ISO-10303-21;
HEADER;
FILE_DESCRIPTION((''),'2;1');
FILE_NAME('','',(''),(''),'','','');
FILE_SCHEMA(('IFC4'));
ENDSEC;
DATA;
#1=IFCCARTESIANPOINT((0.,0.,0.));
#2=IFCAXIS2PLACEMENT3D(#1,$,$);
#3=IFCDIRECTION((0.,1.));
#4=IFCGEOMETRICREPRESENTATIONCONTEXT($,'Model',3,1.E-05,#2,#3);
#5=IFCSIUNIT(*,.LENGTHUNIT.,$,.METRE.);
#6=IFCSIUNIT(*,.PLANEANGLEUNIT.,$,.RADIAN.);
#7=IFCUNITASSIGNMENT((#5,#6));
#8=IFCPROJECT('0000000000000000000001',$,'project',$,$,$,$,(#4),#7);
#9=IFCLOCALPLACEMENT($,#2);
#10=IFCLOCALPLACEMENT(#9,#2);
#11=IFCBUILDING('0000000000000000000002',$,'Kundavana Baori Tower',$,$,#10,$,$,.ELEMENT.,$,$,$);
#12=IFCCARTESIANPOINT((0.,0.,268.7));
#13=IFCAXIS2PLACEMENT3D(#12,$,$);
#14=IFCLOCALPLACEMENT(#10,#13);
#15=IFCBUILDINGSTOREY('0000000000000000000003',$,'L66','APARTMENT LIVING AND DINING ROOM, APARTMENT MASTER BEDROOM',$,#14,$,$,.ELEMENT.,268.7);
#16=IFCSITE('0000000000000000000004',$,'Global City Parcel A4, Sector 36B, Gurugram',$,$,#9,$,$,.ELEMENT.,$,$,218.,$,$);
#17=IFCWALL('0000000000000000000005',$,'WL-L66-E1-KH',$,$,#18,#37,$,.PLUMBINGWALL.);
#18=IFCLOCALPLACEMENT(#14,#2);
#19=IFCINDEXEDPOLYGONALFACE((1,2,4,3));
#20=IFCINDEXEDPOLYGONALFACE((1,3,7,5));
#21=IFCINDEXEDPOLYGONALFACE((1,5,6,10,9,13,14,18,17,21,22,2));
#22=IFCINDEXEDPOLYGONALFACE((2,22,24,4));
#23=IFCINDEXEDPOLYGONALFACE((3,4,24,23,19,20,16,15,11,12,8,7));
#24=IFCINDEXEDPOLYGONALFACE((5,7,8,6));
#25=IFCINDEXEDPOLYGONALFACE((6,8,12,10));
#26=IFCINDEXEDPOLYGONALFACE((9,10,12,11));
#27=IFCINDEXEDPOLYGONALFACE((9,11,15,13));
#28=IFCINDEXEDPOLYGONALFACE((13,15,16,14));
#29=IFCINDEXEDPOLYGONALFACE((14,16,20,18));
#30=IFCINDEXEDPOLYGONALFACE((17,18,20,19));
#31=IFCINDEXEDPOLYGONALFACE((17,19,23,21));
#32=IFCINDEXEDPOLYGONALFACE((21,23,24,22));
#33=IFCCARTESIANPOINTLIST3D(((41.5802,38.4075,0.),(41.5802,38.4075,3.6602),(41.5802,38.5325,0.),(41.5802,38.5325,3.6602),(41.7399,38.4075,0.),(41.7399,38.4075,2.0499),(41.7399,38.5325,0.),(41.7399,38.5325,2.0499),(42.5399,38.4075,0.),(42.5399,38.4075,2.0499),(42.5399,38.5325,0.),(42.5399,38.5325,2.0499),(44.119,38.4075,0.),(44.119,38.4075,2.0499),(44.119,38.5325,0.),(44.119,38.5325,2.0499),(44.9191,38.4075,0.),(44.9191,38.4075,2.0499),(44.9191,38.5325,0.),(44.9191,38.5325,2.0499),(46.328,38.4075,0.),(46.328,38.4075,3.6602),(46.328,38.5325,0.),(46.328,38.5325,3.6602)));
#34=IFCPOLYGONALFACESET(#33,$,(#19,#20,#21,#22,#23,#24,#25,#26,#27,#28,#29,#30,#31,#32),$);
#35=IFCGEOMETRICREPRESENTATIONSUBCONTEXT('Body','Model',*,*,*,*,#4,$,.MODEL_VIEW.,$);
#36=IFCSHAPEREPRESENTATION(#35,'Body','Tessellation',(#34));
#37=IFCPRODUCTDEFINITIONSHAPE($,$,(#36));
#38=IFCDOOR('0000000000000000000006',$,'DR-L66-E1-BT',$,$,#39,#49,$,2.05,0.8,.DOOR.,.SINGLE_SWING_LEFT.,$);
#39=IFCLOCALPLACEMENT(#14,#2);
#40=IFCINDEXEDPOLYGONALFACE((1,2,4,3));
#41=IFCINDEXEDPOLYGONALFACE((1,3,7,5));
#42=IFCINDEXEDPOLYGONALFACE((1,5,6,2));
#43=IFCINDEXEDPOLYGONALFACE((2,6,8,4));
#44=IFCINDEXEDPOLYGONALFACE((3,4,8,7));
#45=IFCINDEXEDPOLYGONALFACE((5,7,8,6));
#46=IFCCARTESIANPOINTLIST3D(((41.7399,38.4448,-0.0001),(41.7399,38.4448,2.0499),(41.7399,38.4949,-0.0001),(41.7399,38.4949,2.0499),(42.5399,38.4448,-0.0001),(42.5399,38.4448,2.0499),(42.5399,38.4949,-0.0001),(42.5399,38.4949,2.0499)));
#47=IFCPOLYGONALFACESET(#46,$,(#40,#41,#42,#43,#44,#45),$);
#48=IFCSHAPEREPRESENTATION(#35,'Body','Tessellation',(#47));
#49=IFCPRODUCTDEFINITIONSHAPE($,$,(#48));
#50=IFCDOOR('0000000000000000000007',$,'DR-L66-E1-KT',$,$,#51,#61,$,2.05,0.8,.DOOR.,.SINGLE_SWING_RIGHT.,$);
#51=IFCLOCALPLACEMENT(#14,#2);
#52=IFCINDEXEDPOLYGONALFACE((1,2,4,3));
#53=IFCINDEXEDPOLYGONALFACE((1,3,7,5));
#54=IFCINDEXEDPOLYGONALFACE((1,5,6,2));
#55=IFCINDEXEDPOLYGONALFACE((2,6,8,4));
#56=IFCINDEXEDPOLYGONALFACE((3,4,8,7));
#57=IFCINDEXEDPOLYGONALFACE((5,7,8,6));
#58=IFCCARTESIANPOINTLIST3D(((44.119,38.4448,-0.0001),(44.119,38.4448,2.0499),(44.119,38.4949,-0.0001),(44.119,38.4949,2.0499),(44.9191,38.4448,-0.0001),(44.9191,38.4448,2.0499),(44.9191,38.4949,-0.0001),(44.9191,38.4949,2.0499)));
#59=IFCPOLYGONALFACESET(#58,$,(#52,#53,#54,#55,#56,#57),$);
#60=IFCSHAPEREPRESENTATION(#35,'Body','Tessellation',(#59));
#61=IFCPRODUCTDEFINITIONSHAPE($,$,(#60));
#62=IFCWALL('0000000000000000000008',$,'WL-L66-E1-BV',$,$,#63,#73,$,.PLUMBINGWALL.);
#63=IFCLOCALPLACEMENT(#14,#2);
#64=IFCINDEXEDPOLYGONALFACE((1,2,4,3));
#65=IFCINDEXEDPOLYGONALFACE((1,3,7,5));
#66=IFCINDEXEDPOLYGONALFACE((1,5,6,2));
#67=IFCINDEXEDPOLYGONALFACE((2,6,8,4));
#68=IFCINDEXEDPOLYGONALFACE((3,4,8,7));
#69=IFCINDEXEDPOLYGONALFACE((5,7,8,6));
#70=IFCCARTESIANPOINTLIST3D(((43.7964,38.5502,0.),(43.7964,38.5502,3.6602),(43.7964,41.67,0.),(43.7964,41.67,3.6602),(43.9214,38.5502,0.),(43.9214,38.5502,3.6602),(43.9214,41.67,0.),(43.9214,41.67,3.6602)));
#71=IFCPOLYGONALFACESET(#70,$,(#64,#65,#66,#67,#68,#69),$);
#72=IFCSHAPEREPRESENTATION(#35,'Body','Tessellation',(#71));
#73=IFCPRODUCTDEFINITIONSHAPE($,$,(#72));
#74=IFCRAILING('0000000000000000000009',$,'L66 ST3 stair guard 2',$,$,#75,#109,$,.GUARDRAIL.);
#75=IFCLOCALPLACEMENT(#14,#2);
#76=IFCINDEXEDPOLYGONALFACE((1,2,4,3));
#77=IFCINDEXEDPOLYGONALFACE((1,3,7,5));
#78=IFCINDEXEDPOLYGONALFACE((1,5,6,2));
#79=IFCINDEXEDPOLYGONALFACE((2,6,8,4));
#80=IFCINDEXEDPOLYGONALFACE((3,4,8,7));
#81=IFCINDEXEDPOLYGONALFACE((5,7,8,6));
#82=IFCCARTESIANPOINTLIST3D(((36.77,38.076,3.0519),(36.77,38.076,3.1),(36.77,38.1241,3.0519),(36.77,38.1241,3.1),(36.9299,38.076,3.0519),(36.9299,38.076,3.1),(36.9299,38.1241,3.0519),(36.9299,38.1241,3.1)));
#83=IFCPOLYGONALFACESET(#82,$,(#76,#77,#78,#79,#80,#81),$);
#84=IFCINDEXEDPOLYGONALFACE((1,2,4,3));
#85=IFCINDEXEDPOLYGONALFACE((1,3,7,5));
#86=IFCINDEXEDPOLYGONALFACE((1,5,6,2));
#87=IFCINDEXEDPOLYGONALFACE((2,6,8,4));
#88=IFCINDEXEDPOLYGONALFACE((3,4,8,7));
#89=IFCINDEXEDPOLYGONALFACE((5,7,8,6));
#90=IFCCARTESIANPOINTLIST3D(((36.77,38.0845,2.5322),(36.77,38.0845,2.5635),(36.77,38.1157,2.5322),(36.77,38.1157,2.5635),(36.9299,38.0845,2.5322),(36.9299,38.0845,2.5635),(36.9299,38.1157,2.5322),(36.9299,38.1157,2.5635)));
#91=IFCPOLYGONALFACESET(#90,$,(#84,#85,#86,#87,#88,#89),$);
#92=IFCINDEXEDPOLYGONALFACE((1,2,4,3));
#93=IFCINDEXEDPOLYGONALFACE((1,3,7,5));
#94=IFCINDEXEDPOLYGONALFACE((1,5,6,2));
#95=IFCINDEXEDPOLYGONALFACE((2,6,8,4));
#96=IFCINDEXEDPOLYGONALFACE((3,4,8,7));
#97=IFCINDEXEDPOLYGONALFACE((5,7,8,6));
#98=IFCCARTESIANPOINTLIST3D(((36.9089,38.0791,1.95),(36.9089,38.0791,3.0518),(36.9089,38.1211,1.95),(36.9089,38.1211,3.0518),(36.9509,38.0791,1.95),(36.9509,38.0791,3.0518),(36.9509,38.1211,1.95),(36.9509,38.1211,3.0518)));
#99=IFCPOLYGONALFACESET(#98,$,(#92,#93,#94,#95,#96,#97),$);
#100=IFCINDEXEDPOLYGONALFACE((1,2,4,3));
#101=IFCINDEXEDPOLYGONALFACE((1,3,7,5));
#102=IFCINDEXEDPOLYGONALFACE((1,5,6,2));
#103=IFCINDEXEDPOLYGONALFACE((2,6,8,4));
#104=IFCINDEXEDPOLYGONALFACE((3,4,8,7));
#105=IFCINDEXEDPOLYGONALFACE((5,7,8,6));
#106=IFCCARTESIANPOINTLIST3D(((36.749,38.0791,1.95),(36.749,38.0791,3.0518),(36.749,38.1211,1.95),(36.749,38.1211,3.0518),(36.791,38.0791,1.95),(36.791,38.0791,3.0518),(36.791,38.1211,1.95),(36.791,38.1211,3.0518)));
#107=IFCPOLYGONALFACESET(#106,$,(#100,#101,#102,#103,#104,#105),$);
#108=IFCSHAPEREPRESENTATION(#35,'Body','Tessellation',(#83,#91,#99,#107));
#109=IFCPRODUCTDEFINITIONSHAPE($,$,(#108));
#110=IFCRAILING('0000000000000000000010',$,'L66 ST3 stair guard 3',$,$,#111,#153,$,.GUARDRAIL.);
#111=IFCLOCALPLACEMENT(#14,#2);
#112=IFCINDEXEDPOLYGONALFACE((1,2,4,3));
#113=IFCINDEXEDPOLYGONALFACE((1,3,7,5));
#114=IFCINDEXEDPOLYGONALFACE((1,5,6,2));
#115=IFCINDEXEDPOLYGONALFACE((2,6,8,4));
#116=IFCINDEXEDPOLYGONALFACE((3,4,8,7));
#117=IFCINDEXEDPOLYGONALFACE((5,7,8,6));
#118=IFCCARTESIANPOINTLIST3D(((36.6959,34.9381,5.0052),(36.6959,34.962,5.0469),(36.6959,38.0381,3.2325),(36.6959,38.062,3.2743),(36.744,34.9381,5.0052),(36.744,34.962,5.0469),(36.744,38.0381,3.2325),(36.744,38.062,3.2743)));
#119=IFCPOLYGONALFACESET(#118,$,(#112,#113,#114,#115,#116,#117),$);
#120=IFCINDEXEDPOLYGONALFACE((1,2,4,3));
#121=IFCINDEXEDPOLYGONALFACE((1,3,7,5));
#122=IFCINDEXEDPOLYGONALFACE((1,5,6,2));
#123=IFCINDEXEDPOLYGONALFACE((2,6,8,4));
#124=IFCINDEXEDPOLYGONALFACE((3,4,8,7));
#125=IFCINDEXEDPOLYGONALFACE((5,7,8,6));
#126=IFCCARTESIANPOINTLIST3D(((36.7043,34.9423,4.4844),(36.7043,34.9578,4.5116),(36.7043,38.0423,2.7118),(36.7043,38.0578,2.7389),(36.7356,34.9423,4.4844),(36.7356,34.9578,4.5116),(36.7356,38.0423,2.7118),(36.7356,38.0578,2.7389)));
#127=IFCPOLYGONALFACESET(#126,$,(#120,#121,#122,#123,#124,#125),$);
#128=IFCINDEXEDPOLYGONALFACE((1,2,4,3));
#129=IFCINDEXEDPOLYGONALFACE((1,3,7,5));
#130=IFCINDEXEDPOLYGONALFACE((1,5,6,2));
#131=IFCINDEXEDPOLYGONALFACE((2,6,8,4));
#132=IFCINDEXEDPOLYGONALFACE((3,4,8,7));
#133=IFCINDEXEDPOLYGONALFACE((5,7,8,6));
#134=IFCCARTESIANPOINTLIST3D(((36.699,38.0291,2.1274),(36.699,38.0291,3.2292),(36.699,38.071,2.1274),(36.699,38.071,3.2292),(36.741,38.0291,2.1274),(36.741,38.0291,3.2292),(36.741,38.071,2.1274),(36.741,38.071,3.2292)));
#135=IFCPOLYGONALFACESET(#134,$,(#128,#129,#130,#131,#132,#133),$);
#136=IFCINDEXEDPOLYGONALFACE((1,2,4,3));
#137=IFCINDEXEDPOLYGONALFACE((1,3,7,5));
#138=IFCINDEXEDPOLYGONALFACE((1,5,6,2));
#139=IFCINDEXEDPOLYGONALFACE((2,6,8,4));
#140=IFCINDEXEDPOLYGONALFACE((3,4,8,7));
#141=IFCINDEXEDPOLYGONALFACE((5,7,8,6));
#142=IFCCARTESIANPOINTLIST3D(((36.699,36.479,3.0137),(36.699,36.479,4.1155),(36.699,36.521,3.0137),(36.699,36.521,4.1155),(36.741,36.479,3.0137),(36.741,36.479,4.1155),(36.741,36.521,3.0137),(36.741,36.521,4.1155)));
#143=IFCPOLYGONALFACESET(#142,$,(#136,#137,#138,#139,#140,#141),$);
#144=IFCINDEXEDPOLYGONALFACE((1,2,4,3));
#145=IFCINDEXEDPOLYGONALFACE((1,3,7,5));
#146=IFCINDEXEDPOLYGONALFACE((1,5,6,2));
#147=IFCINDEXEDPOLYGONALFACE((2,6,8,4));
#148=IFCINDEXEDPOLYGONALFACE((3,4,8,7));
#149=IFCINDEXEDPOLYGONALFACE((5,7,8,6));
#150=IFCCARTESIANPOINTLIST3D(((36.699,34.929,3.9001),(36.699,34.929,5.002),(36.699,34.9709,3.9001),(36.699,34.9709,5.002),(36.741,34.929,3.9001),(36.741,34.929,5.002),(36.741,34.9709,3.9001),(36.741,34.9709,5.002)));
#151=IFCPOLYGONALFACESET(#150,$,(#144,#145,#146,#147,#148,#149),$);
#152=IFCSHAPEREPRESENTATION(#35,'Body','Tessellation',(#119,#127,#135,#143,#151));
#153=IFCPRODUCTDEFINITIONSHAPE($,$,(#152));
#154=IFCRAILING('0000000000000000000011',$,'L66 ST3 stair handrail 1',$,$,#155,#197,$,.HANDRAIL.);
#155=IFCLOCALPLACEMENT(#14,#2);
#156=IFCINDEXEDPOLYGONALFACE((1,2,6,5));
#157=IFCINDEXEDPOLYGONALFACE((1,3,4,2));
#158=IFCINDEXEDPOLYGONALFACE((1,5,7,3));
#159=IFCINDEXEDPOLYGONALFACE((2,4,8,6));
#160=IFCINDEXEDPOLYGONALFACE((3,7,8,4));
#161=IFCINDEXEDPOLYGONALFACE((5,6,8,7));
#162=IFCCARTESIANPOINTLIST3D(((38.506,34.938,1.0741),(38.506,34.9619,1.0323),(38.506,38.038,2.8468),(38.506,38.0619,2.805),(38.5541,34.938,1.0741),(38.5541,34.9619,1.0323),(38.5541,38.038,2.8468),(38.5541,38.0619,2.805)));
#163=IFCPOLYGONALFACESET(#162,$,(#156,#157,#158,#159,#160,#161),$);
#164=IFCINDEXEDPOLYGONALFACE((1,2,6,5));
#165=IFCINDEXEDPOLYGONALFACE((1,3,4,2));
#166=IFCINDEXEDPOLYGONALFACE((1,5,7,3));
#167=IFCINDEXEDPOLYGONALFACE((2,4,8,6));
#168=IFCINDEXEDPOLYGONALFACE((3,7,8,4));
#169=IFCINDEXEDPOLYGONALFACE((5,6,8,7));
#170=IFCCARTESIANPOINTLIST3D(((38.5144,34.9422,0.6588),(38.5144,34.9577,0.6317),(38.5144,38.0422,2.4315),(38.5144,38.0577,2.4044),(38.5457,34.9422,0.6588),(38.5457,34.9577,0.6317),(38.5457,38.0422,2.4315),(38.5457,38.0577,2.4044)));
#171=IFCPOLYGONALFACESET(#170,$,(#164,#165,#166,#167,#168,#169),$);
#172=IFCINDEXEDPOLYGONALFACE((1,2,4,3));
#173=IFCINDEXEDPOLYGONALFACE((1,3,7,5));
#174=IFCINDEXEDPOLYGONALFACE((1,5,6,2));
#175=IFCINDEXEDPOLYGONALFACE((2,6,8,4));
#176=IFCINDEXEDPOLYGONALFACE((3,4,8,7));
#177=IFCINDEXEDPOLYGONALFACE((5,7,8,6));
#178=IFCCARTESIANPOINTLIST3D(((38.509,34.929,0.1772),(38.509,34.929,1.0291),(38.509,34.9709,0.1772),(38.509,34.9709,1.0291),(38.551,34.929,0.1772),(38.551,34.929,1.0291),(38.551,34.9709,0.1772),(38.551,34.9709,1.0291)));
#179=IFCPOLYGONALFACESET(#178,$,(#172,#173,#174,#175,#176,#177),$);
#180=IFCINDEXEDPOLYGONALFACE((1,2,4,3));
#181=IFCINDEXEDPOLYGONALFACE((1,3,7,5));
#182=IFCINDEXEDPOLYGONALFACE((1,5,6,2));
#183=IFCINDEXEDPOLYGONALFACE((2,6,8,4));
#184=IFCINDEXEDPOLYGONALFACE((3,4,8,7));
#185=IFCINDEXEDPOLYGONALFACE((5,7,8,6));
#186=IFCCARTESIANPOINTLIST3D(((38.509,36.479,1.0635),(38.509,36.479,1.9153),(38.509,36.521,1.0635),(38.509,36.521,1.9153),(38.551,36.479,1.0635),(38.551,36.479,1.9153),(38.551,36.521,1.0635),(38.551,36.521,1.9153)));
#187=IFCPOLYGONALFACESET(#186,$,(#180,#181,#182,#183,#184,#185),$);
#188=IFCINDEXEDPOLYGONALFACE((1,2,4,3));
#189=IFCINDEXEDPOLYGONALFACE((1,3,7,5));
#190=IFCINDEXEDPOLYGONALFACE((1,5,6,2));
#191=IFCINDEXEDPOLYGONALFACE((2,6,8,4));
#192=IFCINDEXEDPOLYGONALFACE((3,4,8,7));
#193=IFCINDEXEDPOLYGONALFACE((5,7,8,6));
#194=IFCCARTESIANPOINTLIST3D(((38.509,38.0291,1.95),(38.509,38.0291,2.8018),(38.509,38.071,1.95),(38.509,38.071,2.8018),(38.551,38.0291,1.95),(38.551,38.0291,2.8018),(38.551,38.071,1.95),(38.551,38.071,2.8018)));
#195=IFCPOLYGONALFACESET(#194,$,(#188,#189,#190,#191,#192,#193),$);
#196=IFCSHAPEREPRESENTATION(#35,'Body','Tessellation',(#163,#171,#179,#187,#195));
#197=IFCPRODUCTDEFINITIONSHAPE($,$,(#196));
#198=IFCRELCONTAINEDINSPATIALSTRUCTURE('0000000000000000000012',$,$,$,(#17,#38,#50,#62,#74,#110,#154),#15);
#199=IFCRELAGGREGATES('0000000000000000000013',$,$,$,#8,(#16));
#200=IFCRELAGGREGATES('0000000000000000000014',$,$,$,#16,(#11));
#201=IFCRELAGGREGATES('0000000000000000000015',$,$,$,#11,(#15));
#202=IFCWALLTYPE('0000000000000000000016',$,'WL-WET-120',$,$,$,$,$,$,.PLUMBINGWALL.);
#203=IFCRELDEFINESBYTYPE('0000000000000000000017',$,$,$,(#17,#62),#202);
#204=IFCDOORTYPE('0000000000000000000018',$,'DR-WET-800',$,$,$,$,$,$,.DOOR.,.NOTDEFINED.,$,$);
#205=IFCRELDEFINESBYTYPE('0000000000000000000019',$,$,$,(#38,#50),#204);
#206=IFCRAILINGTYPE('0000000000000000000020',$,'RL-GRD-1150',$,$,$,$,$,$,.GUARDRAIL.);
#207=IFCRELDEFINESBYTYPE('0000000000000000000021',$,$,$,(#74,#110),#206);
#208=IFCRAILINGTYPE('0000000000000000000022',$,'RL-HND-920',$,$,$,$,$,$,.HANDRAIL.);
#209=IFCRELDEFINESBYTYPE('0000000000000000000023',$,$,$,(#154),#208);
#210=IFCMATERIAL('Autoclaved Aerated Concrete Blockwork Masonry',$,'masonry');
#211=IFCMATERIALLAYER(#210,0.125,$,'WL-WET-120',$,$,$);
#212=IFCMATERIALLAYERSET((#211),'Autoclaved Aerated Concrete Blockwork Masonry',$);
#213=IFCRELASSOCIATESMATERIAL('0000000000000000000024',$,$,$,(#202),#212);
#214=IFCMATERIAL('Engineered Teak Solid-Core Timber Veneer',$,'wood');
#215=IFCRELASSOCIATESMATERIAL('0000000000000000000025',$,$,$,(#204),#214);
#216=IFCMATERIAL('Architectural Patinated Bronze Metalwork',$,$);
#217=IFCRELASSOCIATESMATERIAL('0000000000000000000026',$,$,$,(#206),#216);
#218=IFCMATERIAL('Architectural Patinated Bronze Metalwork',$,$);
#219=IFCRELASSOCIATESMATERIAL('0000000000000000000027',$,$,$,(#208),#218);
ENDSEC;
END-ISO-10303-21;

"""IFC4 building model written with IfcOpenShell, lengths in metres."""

from ifc_helpers import new_model, si_unit, direction, frame, frame_2d, origin, origin_2d, place, context, subcontext, project, spatial, rectangle, extrude, material, layer, layer_set, type_object, element, fill, save


model = new_model("IFC4")

# Units and contexts
model_context = context("Model", 3, precision=1e-05, world=origin(), true_north=direction((0.0, 1.0)))
body_context = subcontext(model_context, "Body", "Model", "MODEL_VIEW")
ifc_project = project(units=[si_unit("LENGTHUNIT", "METRE"), si_unit("PLANEANGLEUNIT", "RADIAN")], contexts=[model_context])

# Site, building, storey
site_placement = place(None, origin())
site = spatial("IfcSite", under=ifc_project, at=site_placement, Name="Global City Parcel A4, Sector 36B, Gurugram", CompositionType="ELEMENT", RefElevation=218.0)
building_placement = place(site_placement, origin())
building = spatial("IfcBuilding", under=site, at=building_placement, Name="Kundavana Baori Tower", CompositionType="ELEMENT")
storey_placement = place(building_placement, frame((0.0, 0.0, 268.7)))
storey = spatial("IfcBuildingStorey", under=building, at=storey_placement, Name="L66", Description="APARTMENT LIVING AND DINING ROOM, APARTMENT MASTER BEDROOM", CompositionType="ELEMENT", Elevation=268.7)

# Wall, openings, doors
ifc_material_1 = material(Name="Autoclaved Aerated Concrete Blockwork Masonry", Category="masonry")
ifc_layer_1 = layer(ifc_material_1, 0.125, Name="WL-WET-120")
ifc_layer_set_1 = layer_set([ifc_layer_1], Name="Autoclaved Aerated Concrete Blockwork Masonry")
wall_type_1 = type_object("IfcWallType", Name="WL-WET-120", PredefinedType="PLUMBINGWALL", material=ifc_layer_set_1)
wall_1_placement = place(storey_placement, frame((41.5801, 38.47, 0.0), z_axis=(0.0, 0.0, 1.0), x_axis=(1.0, 0.0, 0.0)))
wall_1 = element("IfcWall", 1, at=wall_1_placement, inside=storey, type_object=wall_type_1, Name="WL-L66-E1-KH", PredefinedType="PLUMBINGWALL", context=body_context, shape_type="SweptSolid", body=[
    extrude(rectangle(XDim=4.7478, YDim=0.125, at=frame_2d((2.374, 0.0))), origin(), (0.0, 0.0, 1.0), 3.6602),
])
opening_1_placement = place(wall_1_placement, frame((0.1599, 0.0, 0.0)))
opening_1 = element("IfcOpeningElement", 2, at=opening_1_placement, cuts=wall_1, PredefinedType="OPENING", context=body_context, shape_type="SweptSolid", body=[
    extrude(rectangle(XDim=0.8, YDim=2.05, at=frame_2d((0.3999, 1.0249))), frame((0.0, 0.0725, 0.0), z_axis=(0.0, -1.0, 0.0), x_axis=(1.0, 0.0, 0.0)), (0.0, 0.0, 1.0), 0.145),
])
opening_2_placement = place(wall_1_placement, frame((2.5391, 0.0, 0.0)))
opening_2 = element("IfcOpeningElement", 3, at=opening_2_placement, cuts=wall_1, PredefinedType="OPENING", context=body_context, shape_type="SweptSolid", body=[
    extrude(rectangle(XDim=0.8, YDim=2.05, at=frame_2d((0.3999, 1.0249))), frame((0.0, 0.0725, 0.0), z_axis=(0.0, -1.0, 0.0), x_axis=(1.0, 0.0, 0.0)), (0.0, 0.0, 1.0), 0.145),
])
ifc_material_2 = material(Name="Engineered Teak Solid-Core Timber Veneer", Category="wood")
door_type_1 = type_object("IfcDoorType", Name="DR-WET-800", OperationType="NOTDEFINED", PredefinedType="DOOR", material=ifc_material_2)
door_1_placement = place(opening_1_placement, origin())
door_1 = element("IfcDoor", 4, at=door_1_placement, inside=storey, type_object=door_type_1, Name="DR-L66-E1-BT", OperationType="SINGLE_SWING_LEFT", OverallHeight=2.05, OverallWidth=0.8, PredefinedType="DOOR", context=body_context, shape_type="SweptSolid", body=[
    extrude(rectangle(XDim=0.8, YDim=2.05, at=frame_2d((0.3999, 1.0249))), frame((0.0, 0.0249, 0.0), z_axis=(0.0, -1.0, 0.0), x_axis=(1.0, 0.0, 0.0)), (0.0, 0.0, 1.0), 0.05),
])
fill(opening_1, door_1)
door_2_placement = place(opening_2_placement, origin())
door_2 = element("IfcDoor", 5, at=door_2_placement, inside=storey, type_object=door_type_1, Name="DR-L66-E1-KT", OperationType="SINGLE_SWING_RIGHT", OverallHeight=2.05, OverallWidth=0.8, PredefinedType="DOOR", context=body_context, shape_type="SweptSolid", body=[
    extrude(rectangle(XDim=0.8, YDim=2.05, at=frame_2d((0.3999, 1.0249))), frame((0.0, 0.0249, 0.0), z_axis=(0.0, -1.0, 0.0), x_axis=(1.0, 0.0, 0.0)), (0.0, 0.0, 1.0), 0.05),
])
fill(opening_2, door_2)

# Wall
wall_2_placement = place(storey_placement, frame((43.8589, 38.55, 0.0), z_axis=(0.0, 0.0, 1.0), x_axis=(0.0, 1.0, 0.0)))
element("IfcWall", 6, at=wall_2_placement, inside=storey, type_object=wall_type_1, Name="WL-L66-E1-BV", PredefinedType="PLUMBINGWALL", context=body_context, shape_type="SweptSolid", body=[
    extrude(rectangle(XDim=3.1199, YDim=0.125, at=frame_2d((1.5601, 0.0))), origin(), (0.0, 0.0, 1.0), 3.6602),
])

# Railings
ifc_material_3 = material(Name="Architectural Patinated Bronze Metalwork")
railing_type_1 = type_object("IfcRailingType", Name="RL-GRD-1150", PredefinedType="GUARDRAIL", material=ifc_material_3)
railing_1_placement = place(storey_placement, frame((36.9299, 38.1001, 1.95)))
element("IfcRailing", 7, at=railing_1_placement, inside=storey, type_object=railing_type_1, Name="L66 ST3 stair guard 2", PredefinedType="GUARDRAIL", context=body_context, shape_type="SweptSolid", body=[
    extrude(rectangle(XDim=0.0481, YDim=0.0481, at=origin_2d()), frame((0.0, 0.0, 1.126), z_axis=(-1.0, 0.0, 0.0), x_axis=(0.0, -1.0, 0.0)), (0.0, 0.0, 1.0), 0.1599),
    extrude(rectangle(XDim=0.0312, YDim=0.0312, at=origin_2d()), frame((0.0, 0.0, 0.5979), z_axis=(-1.0, 0.0, 0.0), x_axis=(0.0, -1.0, 0.0)), (0.0, 0.0, 1.0), 0.1599),
    extrude(rectangle(XDim=0.042, YDim=0.042, at=origin_2d()), origin(), (0.0, 0.0, 1.0), 1.1018),
    extrude(rectangle(XDim=0.042, YDim=0.042, at=origin_2d()), frame((-0.1599, 0.0, 0.0)), (0.0, 0.0, 1.0), 1.1018),
])
railing_2_placement = place(storey_placement, frame((36.72, 38.05, 2.1274)))
element("IfcRailing", 8, at=railing_2_placement, inside=storey, type_object=railing_type_1, Name="L66 ST3 stair guard 3", PredefinedType="GUARDRAIL", context=body_context, shape_type="SweptSolid", body=[
    extrude(rectangle(XDim=0.0481, YDim=0.0481, at=origin_2d()), frame((0.0, 0.0, 1.126), z_axis=(0.0, -0.868096, 0.496397), x_axis=(1.0, 0.0, 0.0)), (0.0, 0.0, 1.0), 3.571),
    extrude(rectangle(XDim=0.0312, YDim=0.0312, at=origin_2d()), frame((0.0, 0.0, 0.5979), z_axis=(0.0, -0.868096, 0.496397), x_axis=(1.0, 0.0, 0.0)), (0.0, 0.0, 1.0), 3.571),
    extrude(rectangle(XDim=0.042, YDim=0.042, at=origin_2d()), origin(), (0.0, 0.0, 1.0), 1.1018),
    extrude(rectangle(XDim=0.042, YDim=0.042, at=origin_2d()), frame((0.0, -1.55, 0.8862)), (0.0, 0.0, 1.0), 1.1018),
    extrude(rectangle(XDim=0.042, YDim=0.042, at=origin_2d()), frame((0.0, -3.1001, 1.7727)), (0.0, 0.0, 1.0), 1.1018),
])
ifc_material_4 = material(Name="Architectural Patinated Bronze Metalwork")
railing_type_2 = type_object("IfcRailingType", Name="RL-HND-920", PredefinedType="HANDRAIL", material=ifc_material_4)
railing_3_placement = place(storey_placement, frame((38.53, 34.95, 0.1772)))
element("IfcRailing", 9, at=railing_3_placement, inside=storey, type_object=railing_type_2, Name="L66 ST3 stair handrail 1", PredefinedType="HANDRAIL", context=body_context, shape_type="SweptSolid", body=[
    extrude(rectangle(XDim=0.0481, YDim=0.0481, at=origin_2d()), frame((0.0, 0.0, 0.876), z_axis=(0.0, 0.868096, 0.496397), x_axis=(-1.0, 0.0, 0.0)), (0.0, 0.0, 1.0), 3.571),
    extrude(rectangle(XDim=0.0312, YDim=0.0312, at=origin_2d()), frame((0.0, 0.0, 0.468), z_axis=(0.0, 0.868096, 0.496397), x_axis=(-1.0, 0.0, 0.0)), (0.0, 0.0, 1.0), 3.571),
    extrude(rectangle(XDim=0.042, YDim=0.042, at=origin_2d()), origin(), (0.0, 0.0, 1.0), 0.8518),
    extrude(rectangle(XDim=0.042, YDim=0.042, at=origin_2d()), frame((0.0, 1.55, 0.8862)), (0.0, 0.0, 1.0), 0.8518),
    extrude(rectangle(XDim=0.042, YDim=0.042, at=origin_2d()), frame((0.0, 3.1001, 1.7727)), (0.0, 0.0, 1.0), 0.8518),
])

save(model, "model.ifc")
